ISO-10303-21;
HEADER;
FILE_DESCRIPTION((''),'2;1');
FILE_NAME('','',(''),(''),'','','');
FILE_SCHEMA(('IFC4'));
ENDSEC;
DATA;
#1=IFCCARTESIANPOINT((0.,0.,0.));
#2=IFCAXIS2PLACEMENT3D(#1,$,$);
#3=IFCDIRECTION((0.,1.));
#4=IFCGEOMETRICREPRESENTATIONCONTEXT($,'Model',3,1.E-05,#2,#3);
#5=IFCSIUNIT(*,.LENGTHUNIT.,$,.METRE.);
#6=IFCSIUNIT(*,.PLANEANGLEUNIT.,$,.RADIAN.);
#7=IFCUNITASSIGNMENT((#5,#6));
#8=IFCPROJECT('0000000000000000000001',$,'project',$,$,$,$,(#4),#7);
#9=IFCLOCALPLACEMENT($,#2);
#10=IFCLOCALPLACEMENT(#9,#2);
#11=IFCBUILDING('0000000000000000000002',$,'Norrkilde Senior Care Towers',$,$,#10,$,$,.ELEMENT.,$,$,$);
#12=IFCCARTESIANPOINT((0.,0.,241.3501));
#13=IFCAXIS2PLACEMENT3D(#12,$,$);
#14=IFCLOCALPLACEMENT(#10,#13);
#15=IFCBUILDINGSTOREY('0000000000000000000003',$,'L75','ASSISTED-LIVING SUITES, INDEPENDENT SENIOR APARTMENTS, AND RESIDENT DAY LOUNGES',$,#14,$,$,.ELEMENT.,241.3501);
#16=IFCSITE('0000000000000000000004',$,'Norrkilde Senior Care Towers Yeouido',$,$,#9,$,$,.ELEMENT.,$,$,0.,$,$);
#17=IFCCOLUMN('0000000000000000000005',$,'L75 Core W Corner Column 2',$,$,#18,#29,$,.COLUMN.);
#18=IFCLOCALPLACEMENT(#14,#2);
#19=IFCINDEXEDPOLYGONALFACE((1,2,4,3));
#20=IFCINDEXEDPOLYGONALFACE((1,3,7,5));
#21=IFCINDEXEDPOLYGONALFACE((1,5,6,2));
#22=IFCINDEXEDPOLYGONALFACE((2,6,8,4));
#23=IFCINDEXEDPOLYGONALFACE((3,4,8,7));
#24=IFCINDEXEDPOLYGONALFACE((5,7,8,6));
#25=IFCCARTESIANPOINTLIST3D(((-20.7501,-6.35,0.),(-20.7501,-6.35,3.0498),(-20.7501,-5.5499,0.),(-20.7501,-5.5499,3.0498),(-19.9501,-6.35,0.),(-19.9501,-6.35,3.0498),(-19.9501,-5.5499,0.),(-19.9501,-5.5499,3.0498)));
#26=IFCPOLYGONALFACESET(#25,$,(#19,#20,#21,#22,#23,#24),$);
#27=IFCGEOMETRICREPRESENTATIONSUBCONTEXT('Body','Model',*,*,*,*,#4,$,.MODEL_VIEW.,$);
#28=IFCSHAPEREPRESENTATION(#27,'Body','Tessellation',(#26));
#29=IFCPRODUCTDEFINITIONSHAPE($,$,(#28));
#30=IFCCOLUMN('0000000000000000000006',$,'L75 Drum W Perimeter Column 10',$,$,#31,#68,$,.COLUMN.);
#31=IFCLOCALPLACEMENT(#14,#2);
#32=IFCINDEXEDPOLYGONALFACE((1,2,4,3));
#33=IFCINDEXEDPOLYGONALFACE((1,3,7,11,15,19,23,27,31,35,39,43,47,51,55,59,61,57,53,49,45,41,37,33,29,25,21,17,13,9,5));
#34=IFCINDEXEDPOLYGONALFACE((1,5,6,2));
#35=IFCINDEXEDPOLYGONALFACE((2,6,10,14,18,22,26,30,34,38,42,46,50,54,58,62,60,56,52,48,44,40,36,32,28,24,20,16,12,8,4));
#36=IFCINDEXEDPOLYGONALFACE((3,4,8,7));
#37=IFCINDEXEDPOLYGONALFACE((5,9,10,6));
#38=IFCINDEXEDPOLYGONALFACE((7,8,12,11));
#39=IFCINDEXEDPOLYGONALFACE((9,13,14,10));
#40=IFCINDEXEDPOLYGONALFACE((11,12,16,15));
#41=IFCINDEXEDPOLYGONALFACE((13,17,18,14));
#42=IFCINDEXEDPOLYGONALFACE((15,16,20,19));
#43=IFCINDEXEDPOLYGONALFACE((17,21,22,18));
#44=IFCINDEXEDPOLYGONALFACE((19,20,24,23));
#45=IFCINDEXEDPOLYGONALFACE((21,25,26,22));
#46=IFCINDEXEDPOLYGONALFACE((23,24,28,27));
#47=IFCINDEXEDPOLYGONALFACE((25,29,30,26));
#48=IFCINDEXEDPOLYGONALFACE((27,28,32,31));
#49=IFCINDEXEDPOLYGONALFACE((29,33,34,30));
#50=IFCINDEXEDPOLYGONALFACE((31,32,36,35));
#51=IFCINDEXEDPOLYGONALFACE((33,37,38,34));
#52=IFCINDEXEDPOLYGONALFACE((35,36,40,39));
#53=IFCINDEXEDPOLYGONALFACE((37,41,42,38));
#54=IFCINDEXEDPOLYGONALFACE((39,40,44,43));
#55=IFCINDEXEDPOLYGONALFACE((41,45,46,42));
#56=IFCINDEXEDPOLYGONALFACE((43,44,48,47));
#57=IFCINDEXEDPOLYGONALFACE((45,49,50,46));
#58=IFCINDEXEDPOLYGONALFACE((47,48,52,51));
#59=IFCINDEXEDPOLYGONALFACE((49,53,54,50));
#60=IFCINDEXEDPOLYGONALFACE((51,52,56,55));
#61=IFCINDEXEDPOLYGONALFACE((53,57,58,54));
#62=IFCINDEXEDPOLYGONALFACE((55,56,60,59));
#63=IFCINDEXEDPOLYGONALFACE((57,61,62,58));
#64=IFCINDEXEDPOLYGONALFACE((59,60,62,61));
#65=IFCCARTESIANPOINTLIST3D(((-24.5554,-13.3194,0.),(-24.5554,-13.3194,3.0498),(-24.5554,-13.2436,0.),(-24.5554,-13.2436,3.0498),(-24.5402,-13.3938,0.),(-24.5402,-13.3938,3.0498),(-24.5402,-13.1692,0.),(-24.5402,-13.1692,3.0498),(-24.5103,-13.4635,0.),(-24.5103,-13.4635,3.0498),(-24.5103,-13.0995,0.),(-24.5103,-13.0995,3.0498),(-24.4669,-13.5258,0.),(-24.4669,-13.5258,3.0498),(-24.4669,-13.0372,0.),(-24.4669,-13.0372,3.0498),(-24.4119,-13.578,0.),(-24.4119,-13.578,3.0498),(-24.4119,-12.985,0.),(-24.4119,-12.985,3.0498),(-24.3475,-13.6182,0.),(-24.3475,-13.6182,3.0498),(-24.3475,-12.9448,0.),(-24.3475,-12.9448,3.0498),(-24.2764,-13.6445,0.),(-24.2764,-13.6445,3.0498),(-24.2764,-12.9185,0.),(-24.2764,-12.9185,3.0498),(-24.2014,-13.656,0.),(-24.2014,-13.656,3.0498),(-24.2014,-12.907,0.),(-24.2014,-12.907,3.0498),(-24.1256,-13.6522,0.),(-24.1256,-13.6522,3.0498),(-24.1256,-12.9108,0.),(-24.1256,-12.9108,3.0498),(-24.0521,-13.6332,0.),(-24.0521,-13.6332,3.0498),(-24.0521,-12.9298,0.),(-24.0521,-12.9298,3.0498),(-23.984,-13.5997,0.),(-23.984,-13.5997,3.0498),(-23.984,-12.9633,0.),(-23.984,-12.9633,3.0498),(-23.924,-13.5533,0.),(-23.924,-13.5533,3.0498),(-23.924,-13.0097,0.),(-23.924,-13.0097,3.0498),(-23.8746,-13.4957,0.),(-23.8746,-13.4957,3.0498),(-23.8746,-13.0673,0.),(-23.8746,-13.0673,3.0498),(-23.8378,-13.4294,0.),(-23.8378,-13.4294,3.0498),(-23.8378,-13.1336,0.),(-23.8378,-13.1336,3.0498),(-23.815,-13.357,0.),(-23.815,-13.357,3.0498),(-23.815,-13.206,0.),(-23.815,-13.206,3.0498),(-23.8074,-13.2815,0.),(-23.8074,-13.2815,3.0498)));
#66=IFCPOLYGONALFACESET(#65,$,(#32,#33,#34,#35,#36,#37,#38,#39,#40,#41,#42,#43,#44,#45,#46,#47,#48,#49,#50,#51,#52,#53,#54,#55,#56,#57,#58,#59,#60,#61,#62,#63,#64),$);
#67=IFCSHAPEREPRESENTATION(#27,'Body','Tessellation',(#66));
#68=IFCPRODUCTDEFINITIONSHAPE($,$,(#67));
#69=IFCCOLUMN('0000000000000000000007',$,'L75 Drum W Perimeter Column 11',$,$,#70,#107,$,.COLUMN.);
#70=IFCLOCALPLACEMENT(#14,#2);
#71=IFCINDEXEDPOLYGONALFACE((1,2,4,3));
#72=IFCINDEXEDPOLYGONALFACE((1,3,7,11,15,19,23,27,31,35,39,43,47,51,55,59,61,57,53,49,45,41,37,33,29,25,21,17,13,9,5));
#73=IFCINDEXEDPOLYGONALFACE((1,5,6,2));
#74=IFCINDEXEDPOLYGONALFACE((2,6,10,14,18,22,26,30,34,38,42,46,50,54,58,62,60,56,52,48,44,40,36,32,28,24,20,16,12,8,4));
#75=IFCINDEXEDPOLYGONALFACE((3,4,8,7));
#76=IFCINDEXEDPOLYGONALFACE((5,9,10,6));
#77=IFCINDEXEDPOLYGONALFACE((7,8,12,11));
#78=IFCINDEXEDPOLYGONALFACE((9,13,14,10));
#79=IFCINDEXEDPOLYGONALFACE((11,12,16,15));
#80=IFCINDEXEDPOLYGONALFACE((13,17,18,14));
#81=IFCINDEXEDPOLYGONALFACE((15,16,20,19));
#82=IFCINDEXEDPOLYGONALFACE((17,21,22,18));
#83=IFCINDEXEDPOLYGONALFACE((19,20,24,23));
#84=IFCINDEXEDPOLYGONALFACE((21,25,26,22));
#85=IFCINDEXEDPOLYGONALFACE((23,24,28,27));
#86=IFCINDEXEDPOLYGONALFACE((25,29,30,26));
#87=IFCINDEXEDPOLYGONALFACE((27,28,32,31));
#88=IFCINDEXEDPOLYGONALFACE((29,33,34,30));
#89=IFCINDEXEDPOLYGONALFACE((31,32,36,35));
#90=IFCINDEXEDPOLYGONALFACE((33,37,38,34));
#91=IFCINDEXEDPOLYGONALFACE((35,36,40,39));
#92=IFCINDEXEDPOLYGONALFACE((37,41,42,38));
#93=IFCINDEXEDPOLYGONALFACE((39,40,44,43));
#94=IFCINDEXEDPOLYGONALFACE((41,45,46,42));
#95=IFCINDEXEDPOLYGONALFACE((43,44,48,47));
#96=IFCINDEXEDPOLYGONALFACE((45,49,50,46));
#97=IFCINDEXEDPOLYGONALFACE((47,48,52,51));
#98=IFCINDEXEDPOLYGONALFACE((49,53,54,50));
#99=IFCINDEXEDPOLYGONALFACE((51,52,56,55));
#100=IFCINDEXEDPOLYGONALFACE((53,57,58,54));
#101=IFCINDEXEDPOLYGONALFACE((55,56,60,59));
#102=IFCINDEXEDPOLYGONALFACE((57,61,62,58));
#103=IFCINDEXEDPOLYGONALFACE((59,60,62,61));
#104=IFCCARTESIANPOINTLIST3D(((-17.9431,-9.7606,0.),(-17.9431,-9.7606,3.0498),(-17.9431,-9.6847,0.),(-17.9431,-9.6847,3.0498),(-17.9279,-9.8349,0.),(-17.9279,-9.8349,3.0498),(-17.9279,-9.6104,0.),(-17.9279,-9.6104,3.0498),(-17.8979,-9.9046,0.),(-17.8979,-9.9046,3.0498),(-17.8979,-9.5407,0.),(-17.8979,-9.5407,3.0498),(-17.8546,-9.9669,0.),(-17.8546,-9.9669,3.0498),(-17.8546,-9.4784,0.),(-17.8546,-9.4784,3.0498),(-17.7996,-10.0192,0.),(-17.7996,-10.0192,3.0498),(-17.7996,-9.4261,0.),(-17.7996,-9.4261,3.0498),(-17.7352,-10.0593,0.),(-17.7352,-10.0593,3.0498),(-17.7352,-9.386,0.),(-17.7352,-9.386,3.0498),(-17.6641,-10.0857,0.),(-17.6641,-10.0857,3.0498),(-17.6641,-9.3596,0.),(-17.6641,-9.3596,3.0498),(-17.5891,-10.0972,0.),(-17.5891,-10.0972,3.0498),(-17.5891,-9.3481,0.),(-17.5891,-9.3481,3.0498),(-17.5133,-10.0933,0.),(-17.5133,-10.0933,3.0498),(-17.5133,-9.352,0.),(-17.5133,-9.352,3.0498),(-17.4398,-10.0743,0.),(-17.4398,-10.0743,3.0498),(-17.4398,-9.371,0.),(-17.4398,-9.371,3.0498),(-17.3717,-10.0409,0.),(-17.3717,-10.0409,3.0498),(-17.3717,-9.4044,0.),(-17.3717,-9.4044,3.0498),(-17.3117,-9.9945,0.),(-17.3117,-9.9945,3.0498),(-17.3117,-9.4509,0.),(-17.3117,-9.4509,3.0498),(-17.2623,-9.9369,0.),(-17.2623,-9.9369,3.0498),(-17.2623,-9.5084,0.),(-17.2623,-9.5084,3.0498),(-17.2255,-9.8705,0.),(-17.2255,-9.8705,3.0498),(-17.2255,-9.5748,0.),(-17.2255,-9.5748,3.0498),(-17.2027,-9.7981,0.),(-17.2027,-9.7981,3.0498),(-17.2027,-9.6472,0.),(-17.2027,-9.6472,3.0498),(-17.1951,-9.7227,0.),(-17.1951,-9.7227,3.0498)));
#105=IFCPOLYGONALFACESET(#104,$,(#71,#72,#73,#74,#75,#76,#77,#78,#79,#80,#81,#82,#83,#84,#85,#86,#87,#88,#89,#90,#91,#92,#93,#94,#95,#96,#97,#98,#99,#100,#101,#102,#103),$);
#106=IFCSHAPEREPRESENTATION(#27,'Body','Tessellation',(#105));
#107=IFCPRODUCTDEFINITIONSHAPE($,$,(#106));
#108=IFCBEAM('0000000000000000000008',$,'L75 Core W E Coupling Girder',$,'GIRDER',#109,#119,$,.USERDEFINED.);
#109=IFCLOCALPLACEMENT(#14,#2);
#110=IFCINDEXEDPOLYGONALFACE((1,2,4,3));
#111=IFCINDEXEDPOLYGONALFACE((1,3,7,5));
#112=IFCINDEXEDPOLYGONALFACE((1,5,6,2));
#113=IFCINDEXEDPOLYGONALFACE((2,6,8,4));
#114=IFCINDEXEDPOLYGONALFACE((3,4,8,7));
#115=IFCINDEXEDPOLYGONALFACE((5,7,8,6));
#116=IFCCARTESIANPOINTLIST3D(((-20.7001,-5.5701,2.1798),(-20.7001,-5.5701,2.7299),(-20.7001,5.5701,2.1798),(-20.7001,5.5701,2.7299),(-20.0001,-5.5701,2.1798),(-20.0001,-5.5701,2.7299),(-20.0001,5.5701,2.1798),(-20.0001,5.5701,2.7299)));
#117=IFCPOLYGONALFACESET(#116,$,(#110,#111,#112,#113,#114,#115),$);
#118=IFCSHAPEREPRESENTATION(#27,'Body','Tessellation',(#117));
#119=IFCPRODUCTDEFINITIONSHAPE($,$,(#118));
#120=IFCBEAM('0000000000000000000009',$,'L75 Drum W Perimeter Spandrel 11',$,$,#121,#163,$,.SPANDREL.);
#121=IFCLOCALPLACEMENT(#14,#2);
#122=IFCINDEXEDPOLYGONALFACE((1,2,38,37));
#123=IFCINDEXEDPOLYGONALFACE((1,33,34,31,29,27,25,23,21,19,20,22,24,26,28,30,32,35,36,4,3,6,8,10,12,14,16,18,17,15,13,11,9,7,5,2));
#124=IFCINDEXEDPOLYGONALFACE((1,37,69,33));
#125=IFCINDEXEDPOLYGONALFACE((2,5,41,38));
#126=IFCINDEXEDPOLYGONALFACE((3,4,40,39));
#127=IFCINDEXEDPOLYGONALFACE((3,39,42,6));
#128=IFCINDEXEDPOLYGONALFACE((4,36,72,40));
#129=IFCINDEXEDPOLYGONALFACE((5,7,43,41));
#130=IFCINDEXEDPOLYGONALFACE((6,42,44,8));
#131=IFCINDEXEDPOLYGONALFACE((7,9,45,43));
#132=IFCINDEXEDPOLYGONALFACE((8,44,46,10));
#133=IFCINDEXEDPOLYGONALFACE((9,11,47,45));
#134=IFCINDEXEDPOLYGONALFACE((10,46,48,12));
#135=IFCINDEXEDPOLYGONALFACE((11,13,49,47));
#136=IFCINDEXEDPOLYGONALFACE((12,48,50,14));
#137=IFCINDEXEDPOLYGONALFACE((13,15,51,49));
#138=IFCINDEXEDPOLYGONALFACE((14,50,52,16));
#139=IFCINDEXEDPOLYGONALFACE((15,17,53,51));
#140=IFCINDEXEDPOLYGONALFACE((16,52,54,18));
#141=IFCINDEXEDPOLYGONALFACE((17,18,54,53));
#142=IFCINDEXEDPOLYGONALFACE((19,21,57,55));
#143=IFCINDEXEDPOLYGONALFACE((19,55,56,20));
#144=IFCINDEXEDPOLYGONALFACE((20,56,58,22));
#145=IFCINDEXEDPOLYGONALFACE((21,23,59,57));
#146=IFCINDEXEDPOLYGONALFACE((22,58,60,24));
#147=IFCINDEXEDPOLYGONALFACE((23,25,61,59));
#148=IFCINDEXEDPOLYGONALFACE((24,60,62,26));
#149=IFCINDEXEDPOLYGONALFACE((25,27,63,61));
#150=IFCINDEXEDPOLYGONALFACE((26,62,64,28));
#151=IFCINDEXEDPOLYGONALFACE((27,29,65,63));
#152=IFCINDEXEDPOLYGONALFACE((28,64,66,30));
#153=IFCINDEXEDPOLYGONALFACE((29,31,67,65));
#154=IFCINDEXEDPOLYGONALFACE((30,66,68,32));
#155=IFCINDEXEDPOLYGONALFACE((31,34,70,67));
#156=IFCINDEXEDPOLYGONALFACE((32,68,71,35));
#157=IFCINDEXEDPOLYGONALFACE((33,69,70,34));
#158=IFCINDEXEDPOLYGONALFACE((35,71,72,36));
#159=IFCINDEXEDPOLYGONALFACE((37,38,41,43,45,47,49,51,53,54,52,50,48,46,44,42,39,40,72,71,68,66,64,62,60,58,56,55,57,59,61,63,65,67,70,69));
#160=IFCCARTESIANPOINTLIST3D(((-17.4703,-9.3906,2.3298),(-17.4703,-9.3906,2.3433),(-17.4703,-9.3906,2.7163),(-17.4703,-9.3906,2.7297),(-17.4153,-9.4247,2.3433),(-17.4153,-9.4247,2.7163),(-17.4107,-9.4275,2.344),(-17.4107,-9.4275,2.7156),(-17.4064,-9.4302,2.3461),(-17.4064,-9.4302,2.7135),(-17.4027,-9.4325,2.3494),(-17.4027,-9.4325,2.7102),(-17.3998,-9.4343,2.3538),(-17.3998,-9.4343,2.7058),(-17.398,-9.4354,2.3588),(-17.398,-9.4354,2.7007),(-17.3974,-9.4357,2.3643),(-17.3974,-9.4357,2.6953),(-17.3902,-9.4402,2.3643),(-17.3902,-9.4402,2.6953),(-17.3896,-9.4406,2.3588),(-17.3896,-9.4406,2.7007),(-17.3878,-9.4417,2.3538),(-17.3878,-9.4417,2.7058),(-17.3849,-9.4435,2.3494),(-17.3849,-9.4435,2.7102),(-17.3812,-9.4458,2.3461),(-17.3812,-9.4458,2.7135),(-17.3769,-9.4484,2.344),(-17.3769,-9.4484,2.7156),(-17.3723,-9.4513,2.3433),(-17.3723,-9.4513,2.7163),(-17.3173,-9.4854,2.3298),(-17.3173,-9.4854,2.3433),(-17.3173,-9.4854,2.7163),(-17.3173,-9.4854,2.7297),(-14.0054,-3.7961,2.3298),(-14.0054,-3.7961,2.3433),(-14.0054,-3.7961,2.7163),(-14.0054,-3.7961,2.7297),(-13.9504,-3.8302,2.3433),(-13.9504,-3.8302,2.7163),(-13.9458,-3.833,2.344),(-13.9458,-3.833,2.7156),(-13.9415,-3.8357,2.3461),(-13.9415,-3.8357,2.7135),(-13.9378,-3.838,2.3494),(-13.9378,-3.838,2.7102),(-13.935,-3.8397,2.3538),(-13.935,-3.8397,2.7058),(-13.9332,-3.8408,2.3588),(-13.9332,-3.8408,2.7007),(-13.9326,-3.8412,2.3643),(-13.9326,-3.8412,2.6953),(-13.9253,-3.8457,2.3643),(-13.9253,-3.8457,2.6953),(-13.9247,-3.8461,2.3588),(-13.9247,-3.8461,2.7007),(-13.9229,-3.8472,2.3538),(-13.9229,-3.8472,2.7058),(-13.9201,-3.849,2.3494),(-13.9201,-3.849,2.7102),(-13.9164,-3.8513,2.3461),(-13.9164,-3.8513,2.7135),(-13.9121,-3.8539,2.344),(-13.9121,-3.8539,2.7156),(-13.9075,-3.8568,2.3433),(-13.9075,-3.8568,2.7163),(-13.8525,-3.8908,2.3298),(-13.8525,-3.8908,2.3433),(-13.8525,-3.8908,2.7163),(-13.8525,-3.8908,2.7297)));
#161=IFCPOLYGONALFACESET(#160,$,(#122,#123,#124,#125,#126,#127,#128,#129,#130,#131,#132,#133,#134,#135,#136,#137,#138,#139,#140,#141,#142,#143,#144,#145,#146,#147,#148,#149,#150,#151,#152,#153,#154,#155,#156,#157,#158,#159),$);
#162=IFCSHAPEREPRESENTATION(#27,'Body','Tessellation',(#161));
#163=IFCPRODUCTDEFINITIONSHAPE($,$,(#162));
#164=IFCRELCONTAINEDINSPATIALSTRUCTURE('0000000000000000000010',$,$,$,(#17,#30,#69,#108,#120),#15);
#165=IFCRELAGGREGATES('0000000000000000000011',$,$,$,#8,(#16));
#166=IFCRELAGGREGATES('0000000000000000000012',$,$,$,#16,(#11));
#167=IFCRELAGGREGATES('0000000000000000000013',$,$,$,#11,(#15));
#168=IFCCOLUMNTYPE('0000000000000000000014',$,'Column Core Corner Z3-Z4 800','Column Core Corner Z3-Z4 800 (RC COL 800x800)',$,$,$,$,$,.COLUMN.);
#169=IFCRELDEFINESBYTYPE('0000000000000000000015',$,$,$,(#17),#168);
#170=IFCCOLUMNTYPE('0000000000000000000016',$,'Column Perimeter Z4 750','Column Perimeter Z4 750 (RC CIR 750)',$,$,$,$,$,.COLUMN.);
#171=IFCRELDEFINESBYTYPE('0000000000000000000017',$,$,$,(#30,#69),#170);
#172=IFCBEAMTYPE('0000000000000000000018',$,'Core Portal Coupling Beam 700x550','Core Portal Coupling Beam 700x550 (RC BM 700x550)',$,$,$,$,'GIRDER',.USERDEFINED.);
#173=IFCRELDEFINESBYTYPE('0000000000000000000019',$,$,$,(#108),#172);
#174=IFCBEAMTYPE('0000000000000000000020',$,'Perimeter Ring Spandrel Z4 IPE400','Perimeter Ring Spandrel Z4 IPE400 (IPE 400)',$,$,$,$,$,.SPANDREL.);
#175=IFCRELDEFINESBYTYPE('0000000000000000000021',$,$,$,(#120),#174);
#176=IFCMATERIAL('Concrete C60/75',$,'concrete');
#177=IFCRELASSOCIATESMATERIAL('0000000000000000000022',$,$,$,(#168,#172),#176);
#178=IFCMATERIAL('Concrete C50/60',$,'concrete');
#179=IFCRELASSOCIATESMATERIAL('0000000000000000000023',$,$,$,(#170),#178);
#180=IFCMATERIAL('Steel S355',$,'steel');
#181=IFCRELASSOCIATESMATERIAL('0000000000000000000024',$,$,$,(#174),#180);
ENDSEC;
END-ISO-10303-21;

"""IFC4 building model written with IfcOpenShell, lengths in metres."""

from ifc_helpers import new_model, si_unit, direction, frame, origin, origin_2d, place, context, subcontext, project, spatial, rectangle, circle, i_section, extrude, source, transform, mapped, material, material_profile, profile_set, type_object, type_shapes, element, save


model = new_model("IFC4")

# Units and contexts
model_context = context("Model", 3, precision=1e-05, world=origin(), true_north=direction((0.0, 1.0)))
body_context = subcontext(model_context, "Body", "Model", "MODEL_VIEW")
ifc_project = project(units=[si_unit("LENGTHUNIT", "METRE"), si_unit("PLANEANGLEUNIT", "RADIAN")], contexts=[model_context])

# Site, building, storey
site_placement = place(None, origin())
site = spatial("IfcSite", under=ifc_project, at=site_placement, Name="Norrkilde Senior Care Towers Yeouido", CompositionType="ELEMENT", RefElevation=0.0)
building_placement = place(site_placement, origin())
building = spatial("IfcBuilding", under=site, at=building_placement, Name="Norrkilde Senior Care Towers", CompositionType="ELEMENT")
storey_placement = place(building_placement, frame((0.0, 0.0, 241.3501)))
storey = spatial("IfcBuildingStorey", under=building, at=storey_placement, Name="L75", Description="ASSISTED-LIVING SUITES, INDEPENDENT SENIOR APARTMENTS, AND RESIDENT DAY LOUNGES", CompositionType="ELEMENT", Elevation=241.3501)

# Columns
ifc_material_1 = material(Name="Concrete C60/75", Category="concrete")
ifc_material_profile_1 = material_profile(ifc_material_1, rectangle(XDim=0.8, YDim=0.8, at=origin_2d()), Name="RC COL 800x800")
ifc_profile_set_1 = profile_set([ifc_material_profile_1], Name="Concrete C60/75")
column_type_1 = type_object("IfcColumnType", Name="Column Core Corner Z3-Z4 800", Description="Column Core Corner Z3-Z4 800 (RC COL 800x800)", PredefinedType="COLUMN", material=ifc_profile_set_1)
shared_shape_1 = source(origin(), body_context, "Body", "SweptSolid", [
    extrude(rectangle(XDim=0.8, YDim=0.8, at=origin_2d()), origin(), (0.0, 0.0, 1.0), 3.0498),
])
type_shapes(column_type_1, [shared_shape_1])
column_placement = place(storey_placement, frame((-20.3501, -5.95, 0.0), z_axis=(0.0, 0.0, 1.0), x_axis=(1.0, 0.0, 0.0)))
element("IfcColumn", 1, at=column_placement, inside=storey, type_object=column_type_1, Name="L75 Core W Corner Column 2", PredefinedType="COLUMN", context=body_context, shape_type="MappedRepresentation", body=[
    mapped(shared_shape_1, transform((0.0, 0.0, 0.0), x_axis=(1.0, 0.0, 0.0), y_axis=(0.0, 1.0, 0.0), z_axis=(0.0, 0.0, 1.0), scale=1.0)),
])
ifc_material_2 = material(Name="Concrete C50/60", Category="concrete")
ifc_material_profile_2 = material_profile(ifc_material_2, circle(Radius=0.375, at=origin_2d()), Name="RC CIR 750")
ifc_profile_set_2 = profile_set([ifc_material_profile_2], Name="Concrete C50/60")
column_type_2 = type_object("IfcColumnType", Name="Column Perimeter Z4 750", Description="Column Perimeter Z4 750 (RC CIR 750)", PredefinedType="COLUMN", material=ifc_profile_set_2)
shared_shape_2 = source(origin(), body_context, "Body", "SweptSolid", [
    extrude(circle(Radius=0.375, at=origin_2d()), origin(), (0.0, 0.0, 1.0), 3.0498),
])
type_shapes(column_type_2, [shared_shape_2])
for number, where, z_axis, x_axis, name in (
    (2, (-24.1824, -13.2815, 0.0), (0.0, 0.0, 1.0), (1.0, 0.0, 0.0), "L75 Drum W Perimeter Column 10"),
    (3, (-17.5701, -9.7227, 0.0), (0.0, 0.0, 1.0), (1.0, 0.0, 0.0), "L75 Drum W Perimeter Column 11"),
):
    element("IfcColumn", number, at=place(storey_placement, frame(where, z_axis=z_axis, x_axis=x_axis)), inside=storey, type_object=column_type_2, Name=name, PredefinedType="COLUMN", context=body_context, shape_type="MappedRepresentation", body=[
        mapped(shared_shape_2, transform((0.0, 0.0, 0.0), x_axis=(1.0, 0.0, 0.0), y_axis=(0.0, 1.0, 0.0), z_axis=(0.0, 0.0, 1.0), scale=1.0)),
    ])

# Beams
ifc_material_profile_3 = material_profile(ifc_material_1, rectangle(XDim=0.7, YDim=0.55, at=origin_2d()), Name="RC BM 700x550")
ifc_profile_set_3 = profile_set([ifc_material_profile_3], Name="Concrete C60/75")
beam_type_1 = type_object("IfcBeamType", Name="Core Portal Coupling Beam 700x550", Description="Core Portal Coupling Beam 700x550 (RC BM 700x550)", ElementType="GIRDER", PredefinedType="USERDEFINED", material=ifc_profile_set_3)
shared_shape_3 = source(origin(), body_context, "Body", "SweptSolid", [
    extrude(rectangle(XDim=0.7, YDim=0.55, at=origin_2d()), origin(), (0.0, 0.0, 1.0), 11.1401),
])
type_shapes(beam_type_1, [shared_shape_3])
beam_1_placement = place(storey_placement, frame((-20.3501, -5.5701, 2.4548), z_axis=(0.0, 1.0, 0.0), x_axis=(-1.0, 0.0, 0.0)))
element("IfcBeam", 4, at=beam_1_placement, inside=storey, type_object=beam_type_1, Name="L75 Core W E Coupling Girder", ObjectType="GIRDER", PredefinedType="USERDEFINED", context=body_context, shape_type="MappedRepresentation", body=[
    mapped(shared_shape_3, transform((0.0, 0.0, 0.0), x_axis=(1.0, 0.0, 0.0), y_axis=(0.0, 1.0, 0.0), z_axis=(0.0, 0.0, 1.0), scale=1.0)),
])
ifc_material_3 = material(Name="Steel S355", Category="steel")
ifc_material_profile_4 = material_profile(ifc_material_3, i_section(OverallWidth=0.1799, OverallDepth=0.3999, WebThickness=0.0085, FlangeThickness=0.0134, FilletRadius=0.021, at=origin_2d()), Name="IPE 400")
ifc_profile_set_4 = profile_set([ifc_material_profile_4], Name="Steel S355")
beam_type_2 = type_object("IfcBeamType", Name="Perimeter Ring Spandrel Z4 IPE400", Description="Perimeter Ring Spandrel Z4 IPE400 (IPE 400)", PredefinedType="SPANDREL", material=ifc_profile_set_4)
shared_shape_4 = source(origin(), body_context, "Body", "SweptSolid", [
    extrude(i_section(OverallWidth=0.1799, OverallDepth=0.3999, WebThickness=0.0085, FlangeThickness=0.0134, FilletRadius=0.021, at=origin_2d()), origin(), (0.0, 0.0, 1.0), 6.5806),
])
beam_2_placement = place(storey_placement, frame((-17.3938, -9.438, 2.5298), z_axis=(0.52653, 0.850157, 0.0), x_axis=(-0.850157, 0.52653, 0.0)))
element("IfcBeam", 5, at=beam_2_placement, inside=storey, type_object=beam_type_2, Name="L75 Drum W Perimeter Spandrel 11", PredefinedType="SPANDREL", context=body_context, shape_type="MappedRepresentation", body=[
    mapped(shared_shape_4, transform((0.0, 0.0, 0.0), x_axis=(1.0, 0.0, 0.0), y_axis=(0.0, 1.0, 0.0), z_axis=(0.0, 0.0, 1.0), scale=1.0)),
])

save(model, "model.ifc")
